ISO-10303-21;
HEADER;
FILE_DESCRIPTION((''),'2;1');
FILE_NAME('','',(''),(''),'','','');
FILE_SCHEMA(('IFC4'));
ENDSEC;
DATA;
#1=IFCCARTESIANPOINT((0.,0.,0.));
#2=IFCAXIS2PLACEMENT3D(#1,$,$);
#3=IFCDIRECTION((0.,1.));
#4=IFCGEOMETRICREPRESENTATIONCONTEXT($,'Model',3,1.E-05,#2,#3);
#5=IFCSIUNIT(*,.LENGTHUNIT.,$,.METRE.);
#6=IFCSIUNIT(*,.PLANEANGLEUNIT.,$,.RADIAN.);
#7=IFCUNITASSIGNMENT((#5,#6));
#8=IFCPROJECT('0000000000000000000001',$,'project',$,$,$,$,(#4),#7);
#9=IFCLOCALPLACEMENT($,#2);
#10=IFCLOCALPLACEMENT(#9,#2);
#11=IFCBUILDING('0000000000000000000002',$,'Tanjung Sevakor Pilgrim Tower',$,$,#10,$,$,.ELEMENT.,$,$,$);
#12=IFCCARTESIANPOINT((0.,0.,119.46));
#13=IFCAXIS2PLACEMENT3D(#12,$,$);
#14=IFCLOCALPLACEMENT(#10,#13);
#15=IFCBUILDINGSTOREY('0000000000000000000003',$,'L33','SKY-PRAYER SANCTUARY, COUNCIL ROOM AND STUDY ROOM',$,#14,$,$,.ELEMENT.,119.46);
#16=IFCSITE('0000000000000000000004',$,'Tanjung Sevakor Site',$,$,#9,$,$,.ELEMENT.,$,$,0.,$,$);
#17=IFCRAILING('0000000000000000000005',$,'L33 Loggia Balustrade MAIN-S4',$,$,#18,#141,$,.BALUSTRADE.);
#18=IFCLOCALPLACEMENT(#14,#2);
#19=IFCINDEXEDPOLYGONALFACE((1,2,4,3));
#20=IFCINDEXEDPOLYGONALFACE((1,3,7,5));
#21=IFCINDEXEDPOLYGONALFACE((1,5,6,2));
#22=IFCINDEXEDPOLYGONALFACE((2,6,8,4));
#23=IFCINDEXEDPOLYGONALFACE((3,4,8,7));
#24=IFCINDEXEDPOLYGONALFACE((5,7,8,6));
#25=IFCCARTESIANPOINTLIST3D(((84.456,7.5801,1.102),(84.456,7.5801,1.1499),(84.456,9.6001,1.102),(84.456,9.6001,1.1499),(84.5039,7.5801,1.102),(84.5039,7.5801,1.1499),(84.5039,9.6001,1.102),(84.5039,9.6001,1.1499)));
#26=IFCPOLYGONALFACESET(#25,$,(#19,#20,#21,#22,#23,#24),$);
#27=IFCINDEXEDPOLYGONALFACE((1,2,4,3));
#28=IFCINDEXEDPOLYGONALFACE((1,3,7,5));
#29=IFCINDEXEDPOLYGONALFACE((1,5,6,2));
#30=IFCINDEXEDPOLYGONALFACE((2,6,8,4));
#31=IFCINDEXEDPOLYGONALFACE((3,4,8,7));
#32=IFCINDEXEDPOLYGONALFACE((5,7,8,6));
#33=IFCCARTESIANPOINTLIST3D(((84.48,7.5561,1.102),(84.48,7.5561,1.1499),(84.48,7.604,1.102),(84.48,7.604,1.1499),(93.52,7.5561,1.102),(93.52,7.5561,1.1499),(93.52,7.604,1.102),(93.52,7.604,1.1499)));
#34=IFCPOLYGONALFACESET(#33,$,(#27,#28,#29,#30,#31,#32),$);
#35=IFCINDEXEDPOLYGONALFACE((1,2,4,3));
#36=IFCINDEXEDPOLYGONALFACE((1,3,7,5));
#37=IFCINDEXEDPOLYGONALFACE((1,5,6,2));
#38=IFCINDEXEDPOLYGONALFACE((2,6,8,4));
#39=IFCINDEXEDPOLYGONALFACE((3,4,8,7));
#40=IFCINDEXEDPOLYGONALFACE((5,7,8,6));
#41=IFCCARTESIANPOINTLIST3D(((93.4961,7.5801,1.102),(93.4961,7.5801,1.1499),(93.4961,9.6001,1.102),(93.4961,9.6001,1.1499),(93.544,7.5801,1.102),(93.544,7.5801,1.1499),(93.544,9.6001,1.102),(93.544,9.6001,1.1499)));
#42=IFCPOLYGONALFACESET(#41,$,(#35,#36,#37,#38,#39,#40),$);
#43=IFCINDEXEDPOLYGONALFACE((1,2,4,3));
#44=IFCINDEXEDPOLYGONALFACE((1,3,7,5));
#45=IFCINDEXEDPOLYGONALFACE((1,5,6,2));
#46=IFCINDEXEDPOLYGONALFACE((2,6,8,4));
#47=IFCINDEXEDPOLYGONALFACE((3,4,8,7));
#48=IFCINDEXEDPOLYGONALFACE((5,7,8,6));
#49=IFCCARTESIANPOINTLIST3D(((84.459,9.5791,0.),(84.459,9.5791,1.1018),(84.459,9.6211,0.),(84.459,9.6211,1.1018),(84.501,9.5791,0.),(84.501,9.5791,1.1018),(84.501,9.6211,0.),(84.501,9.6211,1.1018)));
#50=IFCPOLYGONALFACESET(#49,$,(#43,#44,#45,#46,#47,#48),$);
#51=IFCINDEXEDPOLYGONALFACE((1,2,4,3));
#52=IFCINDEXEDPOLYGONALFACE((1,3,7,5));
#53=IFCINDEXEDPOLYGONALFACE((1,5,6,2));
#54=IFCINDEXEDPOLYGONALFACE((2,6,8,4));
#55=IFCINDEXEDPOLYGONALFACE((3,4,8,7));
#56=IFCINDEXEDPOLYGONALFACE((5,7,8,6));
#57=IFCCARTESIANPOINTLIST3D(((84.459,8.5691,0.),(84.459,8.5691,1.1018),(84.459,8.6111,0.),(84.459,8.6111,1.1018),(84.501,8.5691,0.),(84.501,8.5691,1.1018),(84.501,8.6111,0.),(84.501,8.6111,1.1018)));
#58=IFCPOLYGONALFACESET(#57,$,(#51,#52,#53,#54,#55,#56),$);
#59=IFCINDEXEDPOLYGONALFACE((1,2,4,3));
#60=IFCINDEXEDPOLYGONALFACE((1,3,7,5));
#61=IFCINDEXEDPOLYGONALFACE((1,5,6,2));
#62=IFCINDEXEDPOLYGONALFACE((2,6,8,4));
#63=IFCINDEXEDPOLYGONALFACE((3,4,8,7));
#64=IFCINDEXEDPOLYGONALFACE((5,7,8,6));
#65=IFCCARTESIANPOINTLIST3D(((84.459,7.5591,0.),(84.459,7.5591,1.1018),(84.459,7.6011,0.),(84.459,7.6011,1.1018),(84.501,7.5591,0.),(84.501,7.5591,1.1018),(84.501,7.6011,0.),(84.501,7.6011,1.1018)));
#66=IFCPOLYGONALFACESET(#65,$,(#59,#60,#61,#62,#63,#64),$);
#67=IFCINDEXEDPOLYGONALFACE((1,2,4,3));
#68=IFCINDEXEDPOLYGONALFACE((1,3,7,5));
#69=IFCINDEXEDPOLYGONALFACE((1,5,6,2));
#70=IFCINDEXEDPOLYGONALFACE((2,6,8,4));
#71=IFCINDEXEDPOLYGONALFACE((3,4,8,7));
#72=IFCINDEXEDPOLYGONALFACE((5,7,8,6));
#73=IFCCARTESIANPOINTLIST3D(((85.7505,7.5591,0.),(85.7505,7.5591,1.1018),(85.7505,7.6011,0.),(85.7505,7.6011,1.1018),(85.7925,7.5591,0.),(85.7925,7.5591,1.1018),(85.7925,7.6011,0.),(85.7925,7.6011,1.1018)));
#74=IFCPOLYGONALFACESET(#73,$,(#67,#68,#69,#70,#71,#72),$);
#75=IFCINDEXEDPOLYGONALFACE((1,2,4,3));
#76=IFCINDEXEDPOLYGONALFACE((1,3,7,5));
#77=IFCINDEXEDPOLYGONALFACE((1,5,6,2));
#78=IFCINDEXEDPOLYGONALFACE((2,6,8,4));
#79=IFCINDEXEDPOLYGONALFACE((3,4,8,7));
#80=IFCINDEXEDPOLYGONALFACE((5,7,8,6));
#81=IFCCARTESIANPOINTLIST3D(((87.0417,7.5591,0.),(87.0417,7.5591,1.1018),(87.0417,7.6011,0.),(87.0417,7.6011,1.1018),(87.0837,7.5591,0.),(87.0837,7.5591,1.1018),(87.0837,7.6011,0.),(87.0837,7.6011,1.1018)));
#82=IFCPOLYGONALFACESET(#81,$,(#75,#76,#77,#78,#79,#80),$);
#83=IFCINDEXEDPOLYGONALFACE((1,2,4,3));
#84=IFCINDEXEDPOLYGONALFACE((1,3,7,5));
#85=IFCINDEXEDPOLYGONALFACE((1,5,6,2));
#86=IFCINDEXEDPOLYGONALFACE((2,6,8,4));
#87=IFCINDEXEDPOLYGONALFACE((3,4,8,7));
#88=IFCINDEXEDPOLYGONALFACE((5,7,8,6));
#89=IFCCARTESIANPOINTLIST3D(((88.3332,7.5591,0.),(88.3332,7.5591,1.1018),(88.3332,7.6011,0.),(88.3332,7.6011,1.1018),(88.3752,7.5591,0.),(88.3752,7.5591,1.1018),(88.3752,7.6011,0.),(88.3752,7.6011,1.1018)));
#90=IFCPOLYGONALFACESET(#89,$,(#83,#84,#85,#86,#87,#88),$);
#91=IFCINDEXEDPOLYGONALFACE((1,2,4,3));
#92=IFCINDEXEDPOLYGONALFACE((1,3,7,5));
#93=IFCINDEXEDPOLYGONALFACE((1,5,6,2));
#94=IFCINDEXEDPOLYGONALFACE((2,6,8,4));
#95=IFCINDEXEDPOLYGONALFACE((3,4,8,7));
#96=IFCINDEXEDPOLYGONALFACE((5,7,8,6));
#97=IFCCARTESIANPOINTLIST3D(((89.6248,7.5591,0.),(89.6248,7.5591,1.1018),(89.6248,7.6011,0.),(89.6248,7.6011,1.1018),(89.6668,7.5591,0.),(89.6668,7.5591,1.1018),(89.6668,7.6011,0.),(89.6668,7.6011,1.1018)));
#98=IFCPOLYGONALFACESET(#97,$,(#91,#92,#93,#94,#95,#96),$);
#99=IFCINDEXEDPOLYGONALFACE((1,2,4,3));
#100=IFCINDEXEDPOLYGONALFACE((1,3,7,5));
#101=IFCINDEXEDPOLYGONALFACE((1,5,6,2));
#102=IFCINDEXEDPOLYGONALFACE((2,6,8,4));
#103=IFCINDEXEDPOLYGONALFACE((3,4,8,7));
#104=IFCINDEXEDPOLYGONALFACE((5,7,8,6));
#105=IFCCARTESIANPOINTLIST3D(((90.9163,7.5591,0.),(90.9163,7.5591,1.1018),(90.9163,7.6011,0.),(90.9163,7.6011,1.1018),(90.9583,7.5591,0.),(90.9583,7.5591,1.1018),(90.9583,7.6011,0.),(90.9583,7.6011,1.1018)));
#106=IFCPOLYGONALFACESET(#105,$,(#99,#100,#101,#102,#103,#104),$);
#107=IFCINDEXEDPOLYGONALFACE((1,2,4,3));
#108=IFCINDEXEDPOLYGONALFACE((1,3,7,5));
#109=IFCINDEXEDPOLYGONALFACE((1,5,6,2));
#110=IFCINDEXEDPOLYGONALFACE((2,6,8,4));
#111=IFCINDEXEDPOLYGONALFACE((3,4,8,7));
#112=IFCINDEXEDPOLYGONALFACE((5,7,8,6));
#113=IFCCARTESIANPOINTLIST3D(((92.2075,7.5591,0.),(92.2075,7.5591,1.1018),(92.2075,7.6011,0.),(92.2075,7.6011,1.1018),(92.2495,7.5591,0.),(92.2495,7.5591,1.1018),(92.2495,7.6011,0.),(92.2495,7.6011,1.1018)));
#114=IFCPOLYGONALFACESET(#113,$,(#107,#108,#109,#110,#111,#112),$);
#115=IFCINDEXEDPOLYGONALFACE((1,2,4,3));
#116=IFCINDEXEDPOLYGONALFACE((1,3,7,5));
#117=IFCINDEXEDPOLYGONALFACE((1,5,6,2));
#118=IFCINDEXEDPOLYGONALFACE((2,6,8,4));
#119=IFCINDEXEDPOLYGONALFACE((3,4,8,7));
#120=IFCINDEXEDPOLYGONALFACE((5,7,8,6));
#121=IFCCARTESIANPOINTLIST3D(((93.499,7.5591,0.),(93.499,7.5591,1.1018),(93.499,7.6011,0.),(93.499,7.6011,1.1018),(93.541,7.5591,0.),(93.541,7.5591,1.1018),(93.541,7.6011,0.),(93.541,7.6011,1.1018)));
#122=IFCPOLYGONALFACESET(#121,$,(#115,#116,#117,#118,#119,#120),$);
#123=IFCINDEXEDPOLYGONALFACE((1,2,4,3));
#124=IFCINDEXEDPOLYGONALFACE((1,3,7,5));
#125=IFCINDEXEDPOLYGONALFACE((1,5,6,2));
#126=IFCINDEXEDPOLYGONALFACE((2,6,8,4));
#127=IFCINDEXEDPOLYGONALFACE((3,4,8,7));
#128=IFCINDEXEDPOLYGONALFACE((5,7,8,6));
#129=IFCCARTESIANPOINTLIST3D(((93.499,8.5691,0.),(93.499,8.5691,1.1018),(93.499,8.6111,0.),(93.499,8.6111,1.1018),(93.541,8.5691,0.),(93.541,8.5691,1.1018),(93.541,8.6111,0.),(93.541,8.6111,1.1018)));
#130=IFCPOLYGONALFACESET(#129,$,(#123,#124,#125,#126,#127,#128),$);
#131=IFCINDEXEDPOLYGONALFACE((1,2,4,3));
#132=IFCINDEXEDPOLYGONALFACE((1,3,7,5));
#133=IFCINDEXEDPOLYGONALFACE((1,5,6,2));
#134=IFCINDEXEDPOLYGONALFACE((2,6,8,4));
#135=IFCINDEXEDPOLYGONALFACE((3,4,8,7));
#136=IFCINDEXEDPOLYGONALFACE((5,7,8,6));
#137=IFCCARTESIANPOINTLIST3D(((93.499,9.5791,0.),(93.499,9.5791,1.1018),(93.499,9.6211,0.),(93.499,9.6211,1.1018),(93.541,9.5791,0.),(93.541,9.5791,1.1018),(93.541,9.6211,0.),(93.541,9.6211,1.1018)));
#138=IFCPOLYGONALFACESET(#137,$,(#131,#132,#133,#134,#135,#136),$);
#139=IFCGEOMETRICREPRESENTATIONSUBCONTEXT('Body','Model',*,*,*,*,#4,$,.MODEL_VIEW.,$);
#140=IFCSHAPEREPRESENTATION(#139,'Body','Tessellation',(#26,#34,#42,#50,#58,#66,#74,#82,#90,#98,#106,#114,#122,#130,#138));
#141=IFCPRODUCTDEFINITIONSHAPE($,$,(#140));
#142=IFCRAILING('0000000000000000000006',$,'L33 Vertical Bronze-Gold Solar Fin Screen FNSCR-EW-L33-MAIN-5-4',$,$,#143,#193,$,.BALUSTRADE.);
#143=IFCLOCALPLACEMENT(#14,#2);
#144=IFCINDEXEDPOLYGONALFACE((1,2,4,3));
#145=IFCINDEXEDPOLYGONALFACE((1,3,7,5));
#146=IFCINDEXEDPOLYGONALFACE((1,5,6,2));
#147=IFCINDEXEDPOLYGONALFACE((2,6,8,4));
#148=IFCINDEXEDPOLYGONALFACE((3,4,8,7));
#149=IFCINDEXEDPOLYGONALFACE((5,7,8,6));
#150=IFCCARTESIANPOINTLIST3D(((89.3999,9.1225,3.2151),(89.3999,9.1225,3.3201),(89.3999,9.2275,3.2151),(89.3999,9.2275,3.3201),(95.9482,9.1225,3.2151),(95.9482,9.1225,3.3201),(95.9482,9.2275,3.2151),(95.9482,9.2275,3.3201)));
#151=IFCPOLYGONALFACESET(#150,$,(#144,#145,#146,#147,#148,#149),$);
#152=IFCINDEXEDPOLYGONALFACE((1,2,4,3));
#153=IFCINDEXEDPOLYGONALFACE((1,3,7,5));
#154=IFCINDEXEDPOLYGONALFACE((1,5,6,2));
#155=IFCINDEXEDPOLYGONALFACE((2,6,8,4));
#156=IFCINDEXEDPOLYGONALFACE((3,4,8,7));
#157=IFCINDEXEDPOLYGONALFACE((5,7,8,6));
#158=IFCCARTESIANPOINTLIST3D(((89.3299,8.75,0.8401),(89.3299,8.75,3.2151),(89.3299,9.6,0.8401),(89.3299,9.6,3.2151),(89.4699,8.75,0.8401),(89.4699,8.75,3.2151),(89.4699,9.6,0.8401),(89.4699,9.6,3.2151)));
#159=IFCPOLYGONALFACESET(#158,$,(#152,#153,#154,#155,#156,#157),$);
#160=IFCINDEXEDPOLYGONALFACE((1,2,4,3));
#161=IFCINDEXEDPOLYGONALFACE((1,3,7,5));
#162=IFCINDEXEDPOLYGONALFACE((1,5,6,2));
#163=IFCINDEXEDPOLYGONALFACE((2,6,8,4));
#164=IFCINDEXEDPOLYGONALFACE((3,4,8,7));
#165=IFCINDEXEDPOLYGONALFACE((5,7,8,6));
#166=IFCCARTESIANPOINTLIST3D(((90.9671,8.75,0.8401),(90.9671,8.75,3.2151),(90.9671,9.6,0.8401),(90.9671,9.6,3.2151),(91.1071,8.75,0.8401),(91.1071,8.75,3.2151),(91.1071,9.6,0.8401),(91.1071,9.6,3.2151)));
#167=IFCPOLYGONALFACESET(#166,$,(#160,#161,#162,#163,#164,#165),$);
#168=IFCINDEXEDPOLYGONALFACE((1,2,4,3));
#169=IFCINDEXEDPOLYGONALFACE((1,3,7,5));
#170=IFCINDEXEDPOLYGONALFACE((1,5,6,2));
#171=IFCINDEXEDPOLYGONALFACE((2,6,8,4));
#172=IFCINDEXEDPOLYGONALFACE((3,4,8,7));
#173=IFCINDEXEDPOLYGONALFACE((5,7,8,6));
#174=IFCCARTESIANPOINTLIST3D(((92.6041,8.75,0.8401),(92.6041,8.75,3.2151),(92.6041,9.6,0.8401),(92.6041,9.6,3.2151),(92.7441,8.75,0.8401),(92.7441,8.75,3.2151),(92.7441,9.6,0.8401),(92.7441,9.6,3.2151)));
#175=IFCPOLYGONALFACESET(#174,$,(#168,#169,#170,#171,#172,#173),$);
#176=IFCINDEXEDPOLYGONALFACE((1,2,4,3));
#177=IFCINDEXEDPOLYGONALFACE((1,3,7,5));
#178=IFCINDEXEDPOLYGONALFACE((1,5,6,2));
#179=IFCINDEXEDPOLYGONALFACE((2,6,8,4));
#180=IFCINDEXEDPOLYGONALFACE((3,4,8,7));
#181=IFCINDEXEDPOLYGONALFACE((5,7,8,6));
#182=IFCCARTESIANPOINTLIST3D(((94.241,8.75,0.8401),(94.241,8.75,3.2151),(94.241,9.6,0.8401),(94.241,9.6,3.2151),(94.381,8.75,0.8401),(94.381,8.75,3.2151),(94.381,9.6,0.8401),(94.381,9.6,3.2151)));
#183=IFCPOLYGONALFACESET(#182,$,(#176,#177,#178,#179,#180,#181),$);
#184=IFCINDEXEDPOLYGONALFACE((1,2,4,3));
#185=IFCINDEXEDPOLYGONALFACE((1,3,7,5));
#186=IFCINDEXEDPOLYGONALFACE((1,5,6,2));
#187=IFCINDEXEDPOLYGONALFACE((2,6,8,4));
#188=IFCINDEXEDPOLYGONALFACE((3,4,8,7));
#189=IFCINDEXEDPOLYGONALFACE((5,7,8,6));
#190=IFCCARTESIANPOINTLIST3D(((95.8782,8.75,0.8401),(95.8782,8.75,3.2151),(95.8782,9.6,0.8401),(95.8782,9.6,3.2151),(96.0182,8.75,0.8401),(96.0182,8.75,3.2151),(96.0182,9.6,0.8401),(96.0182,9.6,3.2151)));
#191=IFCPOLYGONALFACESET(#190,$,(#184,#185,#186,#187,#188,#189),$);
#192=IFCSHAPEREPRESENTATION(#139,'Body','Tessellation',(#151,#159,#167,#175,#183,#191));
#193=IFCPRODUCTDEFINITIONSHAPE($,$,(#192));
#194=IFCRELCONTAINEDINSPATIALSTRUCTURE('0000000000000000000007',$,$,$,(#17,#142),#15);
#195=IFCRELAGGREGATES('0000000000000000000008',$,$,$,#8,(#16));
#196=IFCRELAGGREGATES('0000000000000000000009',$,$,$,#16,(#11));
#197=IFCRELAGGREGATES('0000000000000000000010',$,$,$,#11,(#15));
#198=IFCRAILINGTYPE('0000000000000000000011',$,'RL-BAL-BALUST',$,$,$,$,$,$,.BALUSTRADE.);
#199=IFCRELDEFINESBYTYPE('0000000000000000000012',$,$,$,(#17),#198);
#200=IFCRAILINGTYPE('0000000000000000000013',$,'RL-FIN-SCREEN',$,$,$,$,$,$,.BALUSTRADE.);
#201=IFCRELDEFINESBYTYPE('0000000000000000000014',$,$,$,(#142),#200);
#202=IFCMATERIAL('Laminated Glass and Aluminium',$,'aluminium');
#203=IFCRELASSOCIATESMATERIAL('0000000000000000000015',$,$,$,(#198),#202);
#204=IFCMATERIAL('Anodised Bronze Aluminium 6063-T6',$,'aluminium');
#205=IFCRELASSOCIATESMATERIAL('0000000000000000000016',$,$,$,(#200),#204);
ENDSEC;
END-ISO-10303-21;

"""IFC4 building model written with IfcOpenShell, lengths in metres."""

from ifc_helpers import new_model, si_unit, direction, frame, origin, place, context, subcontext, project, spatial, rectangle, extrude, material, type_object, element, save


model = new_model("IFC4")

# Units and contexts
model_context = context("Model", 3, precision=1e-05, world=origin(), true_north=direction((0.0, 1.0)))
body_context = subcontext(model_context, "Body", "Model", "MODEL_VIEW")
ifc_project = project(units=[si_unit("LENGTHUNIT", "METRE"), si_unit("PLANEANGLEUNIT", "RADIAN")], contexts=[model_context])

# Site, building, storey
site_placement = place(None, origin())
site = spatial("IfcSite", under=ifc_project, at=site_placement, Name="Tanjung Sevakor Site", CompositionType="ELEMENT", RefElevation=0.0)
building_placement = place(site_placement, origin())
building = spatial("IfcBuilding", under=site, at=building_placement, Name="Tanjung Sevakor Pilgrim Tower", CompositionType="ELEMENT")
storey_placement = place(building_placement, frame((0.0, 0.0, 119.46)))
storey = spatial("IfcBuildingStorey", under=building, at=storey_placement, Name="L33", Description="SKY-PRAYER SANCTUARY, COUNCIL ROOM AND STUDY ROOM", CompositionType="ELEMENT", Elevation=119.46)

# Railings
ifc_material_1 = material(Name="Laminated Glass and Aluminium", Category="aluminium")
railing_type_1 = type_object("IfcRailingType", Name="RL-BAL-BALUST", PredefinedType="BALUSTRADE", material=ifc_material_1)
railing_1_placement = place(storey_placement, frame((84.48, 9.6001, 0.0)))
element("IfcRailing", 1, at=railing_1_placement, inside=storey, type_object=railing_type_1, Name="L33 Loggia Balustrade MAIN-S4", PredefinedType="BALUSTRADE", context=body_context, shape_type="SweptSolid", body=[
    extrude(rectangle(XDim=0.0479, YDim=0.0479), frame((0.0, 0.0, 1.126), z_axis=(0.0, -1.0, 0.0), x_axis=(1.0, 0.0, 0.0)), (0.0, 0.0, 1.0), 2.02),
    extrude(rectangle(XDim=0.0479, YDim=0.0479), frame((0.0, -2.02, 1.126), z_axis=(1.0, 0.0, 0.0), x_axis=(0.0, 1.0, 0.0)), (0.0, 0.0, 1.0), 9.04),
    extrude(rectangle(XDim=0.0479, YDim=0.0479), frame((9.04, -2.02, 1.126), z_axis=(0.0, 1.0, 0.0), x_axis=(-1.0, 0.0, 0.0)), (0.0, 0.0, 1.0), 2.02),
    extrude(rectangle(XDim=0.042, YDim=0.042), origin(), (0.0, 0.0, 1.0), 1.1018),
    extrude(rectangle(XDim=0.042, YDim=0.042), frame((0.0, -1.01, 0.0)), (0.0, 0.0, 1.0), 1.1018),
    extrude(rectangle(XDim=0.042, YDim=0.042), frame((0.0, -2.02, 0.0)), (0.0, 0.0, 1.0), 1.1018),
    extrude(rectangle(XDim=0.042, YDim=0.042), frame((1.2915, -2.02, 0.0)), (0.0, 0.0, 1.0), 1.1018),
    extrude(rectangle(XDim=0.042, YDim=0.042), frame((2.5828, -2.02, 0.0)), (0.0, 0.0, 1.0), 1.1018),
    extrude(rectangle(XDim=0.042, YDim=0.042), frame((3.8743, -2.02, 0.0)), (0.0, 0.0, 1.0), 1.1018),
    extrude(rectangle(XDim=0.042, YDim=0.042), frame((5.1658, -2.02, 0.0)), (0.0, 0.0, 1.0), 1.1018),
    extrude(rectangle(XDim=0.042, YDim=0.042), frame((6.4573, -2.02, 0.0)), (0.0, 0.0, 1.0), 1.1018),
    extrude(rectangle(XDim=0.042, YDim=0.042), frame((7.7485, -2.02, 0.0)), (0.0, 0.0, 1.0), 1.1018),
    extrude(rectangle(XDim=0.042, YDim=0.042), frame((9.04, -2.02, 0.0)), (0.0, 0.0, 1.0), 1.1018),
    extrude(rectangle(XDim=0.042, YDim=0.042), frame((9.04, -1.01, 0.0)), (0.0, 0.0, 1.0), 1.1018),
    extrude(rectangle(XDim=0.042, YDim=0.042), frame((9.04, 0.0, 0.0)), (0.0, 0.0, 1.0), 1.1018),
])
ifc_material_2 = material(Name="Anodised Bronze Aluminium 6063-T6", Category="aluminium")
railing_type_2 = type_object("IfcRailingType", Name="RL-FIN-SCREEN", PredefinedType="BALUSTRADE", material=ifc_material_2)
railing_2_placement = place(storey_placement, frame((89.3999, 9.175, 0.8401)))
element("IfcRailing", 2, at=railing_2_placement, inside=storey, type_object=railing_type_2, Name="L33 Vertical Bronze-Gold Solar Fin Screen FNSCR-EW-L33-MAIN-5-4", PredefinedType="BALUSTRADE", context=body_context, shape_type="SweptSolid", body=[
    extrude(rectangle(XDim=0.105, YDim=0.105), frame((0.0, 0.0, 2.4275), z_axis=(1.0, 0.0, 0.0), x_axis=(0.0, 1.0, 0.0)), (0.0, 0.0, 1.0), 6.5483),
    extrude(rectangle(XDim=0.14, YDim=0.85), origin(), (0.0, 0.0, 1.0), 2.375),
    extrude(rectangle(XDim=0.14, YDim=0.85), frame((1.6372, 0.0, 0.0)), (0.0, 0.0, 1.0), 2.375),
    extrude(rectangle(XDim=0.14, YDim=0.85), frame((3.2742, 0.0, 0.0)), (0.0, 0.0, 1.0), 2.375),
    extrude(rectangle(XDim=0.14, YDim=0.85), frame((4.9111, 0.0, 0.0)), (0.0, 0.0, 1.0), 2.375),
    extrude(rectangle(XDim=0.14, YDim=0.85), frame((6.5483, 0.0, 0.0)), (0.0, 0.0, 1.0), 2.375),
])

save(model, "model.ifc")
